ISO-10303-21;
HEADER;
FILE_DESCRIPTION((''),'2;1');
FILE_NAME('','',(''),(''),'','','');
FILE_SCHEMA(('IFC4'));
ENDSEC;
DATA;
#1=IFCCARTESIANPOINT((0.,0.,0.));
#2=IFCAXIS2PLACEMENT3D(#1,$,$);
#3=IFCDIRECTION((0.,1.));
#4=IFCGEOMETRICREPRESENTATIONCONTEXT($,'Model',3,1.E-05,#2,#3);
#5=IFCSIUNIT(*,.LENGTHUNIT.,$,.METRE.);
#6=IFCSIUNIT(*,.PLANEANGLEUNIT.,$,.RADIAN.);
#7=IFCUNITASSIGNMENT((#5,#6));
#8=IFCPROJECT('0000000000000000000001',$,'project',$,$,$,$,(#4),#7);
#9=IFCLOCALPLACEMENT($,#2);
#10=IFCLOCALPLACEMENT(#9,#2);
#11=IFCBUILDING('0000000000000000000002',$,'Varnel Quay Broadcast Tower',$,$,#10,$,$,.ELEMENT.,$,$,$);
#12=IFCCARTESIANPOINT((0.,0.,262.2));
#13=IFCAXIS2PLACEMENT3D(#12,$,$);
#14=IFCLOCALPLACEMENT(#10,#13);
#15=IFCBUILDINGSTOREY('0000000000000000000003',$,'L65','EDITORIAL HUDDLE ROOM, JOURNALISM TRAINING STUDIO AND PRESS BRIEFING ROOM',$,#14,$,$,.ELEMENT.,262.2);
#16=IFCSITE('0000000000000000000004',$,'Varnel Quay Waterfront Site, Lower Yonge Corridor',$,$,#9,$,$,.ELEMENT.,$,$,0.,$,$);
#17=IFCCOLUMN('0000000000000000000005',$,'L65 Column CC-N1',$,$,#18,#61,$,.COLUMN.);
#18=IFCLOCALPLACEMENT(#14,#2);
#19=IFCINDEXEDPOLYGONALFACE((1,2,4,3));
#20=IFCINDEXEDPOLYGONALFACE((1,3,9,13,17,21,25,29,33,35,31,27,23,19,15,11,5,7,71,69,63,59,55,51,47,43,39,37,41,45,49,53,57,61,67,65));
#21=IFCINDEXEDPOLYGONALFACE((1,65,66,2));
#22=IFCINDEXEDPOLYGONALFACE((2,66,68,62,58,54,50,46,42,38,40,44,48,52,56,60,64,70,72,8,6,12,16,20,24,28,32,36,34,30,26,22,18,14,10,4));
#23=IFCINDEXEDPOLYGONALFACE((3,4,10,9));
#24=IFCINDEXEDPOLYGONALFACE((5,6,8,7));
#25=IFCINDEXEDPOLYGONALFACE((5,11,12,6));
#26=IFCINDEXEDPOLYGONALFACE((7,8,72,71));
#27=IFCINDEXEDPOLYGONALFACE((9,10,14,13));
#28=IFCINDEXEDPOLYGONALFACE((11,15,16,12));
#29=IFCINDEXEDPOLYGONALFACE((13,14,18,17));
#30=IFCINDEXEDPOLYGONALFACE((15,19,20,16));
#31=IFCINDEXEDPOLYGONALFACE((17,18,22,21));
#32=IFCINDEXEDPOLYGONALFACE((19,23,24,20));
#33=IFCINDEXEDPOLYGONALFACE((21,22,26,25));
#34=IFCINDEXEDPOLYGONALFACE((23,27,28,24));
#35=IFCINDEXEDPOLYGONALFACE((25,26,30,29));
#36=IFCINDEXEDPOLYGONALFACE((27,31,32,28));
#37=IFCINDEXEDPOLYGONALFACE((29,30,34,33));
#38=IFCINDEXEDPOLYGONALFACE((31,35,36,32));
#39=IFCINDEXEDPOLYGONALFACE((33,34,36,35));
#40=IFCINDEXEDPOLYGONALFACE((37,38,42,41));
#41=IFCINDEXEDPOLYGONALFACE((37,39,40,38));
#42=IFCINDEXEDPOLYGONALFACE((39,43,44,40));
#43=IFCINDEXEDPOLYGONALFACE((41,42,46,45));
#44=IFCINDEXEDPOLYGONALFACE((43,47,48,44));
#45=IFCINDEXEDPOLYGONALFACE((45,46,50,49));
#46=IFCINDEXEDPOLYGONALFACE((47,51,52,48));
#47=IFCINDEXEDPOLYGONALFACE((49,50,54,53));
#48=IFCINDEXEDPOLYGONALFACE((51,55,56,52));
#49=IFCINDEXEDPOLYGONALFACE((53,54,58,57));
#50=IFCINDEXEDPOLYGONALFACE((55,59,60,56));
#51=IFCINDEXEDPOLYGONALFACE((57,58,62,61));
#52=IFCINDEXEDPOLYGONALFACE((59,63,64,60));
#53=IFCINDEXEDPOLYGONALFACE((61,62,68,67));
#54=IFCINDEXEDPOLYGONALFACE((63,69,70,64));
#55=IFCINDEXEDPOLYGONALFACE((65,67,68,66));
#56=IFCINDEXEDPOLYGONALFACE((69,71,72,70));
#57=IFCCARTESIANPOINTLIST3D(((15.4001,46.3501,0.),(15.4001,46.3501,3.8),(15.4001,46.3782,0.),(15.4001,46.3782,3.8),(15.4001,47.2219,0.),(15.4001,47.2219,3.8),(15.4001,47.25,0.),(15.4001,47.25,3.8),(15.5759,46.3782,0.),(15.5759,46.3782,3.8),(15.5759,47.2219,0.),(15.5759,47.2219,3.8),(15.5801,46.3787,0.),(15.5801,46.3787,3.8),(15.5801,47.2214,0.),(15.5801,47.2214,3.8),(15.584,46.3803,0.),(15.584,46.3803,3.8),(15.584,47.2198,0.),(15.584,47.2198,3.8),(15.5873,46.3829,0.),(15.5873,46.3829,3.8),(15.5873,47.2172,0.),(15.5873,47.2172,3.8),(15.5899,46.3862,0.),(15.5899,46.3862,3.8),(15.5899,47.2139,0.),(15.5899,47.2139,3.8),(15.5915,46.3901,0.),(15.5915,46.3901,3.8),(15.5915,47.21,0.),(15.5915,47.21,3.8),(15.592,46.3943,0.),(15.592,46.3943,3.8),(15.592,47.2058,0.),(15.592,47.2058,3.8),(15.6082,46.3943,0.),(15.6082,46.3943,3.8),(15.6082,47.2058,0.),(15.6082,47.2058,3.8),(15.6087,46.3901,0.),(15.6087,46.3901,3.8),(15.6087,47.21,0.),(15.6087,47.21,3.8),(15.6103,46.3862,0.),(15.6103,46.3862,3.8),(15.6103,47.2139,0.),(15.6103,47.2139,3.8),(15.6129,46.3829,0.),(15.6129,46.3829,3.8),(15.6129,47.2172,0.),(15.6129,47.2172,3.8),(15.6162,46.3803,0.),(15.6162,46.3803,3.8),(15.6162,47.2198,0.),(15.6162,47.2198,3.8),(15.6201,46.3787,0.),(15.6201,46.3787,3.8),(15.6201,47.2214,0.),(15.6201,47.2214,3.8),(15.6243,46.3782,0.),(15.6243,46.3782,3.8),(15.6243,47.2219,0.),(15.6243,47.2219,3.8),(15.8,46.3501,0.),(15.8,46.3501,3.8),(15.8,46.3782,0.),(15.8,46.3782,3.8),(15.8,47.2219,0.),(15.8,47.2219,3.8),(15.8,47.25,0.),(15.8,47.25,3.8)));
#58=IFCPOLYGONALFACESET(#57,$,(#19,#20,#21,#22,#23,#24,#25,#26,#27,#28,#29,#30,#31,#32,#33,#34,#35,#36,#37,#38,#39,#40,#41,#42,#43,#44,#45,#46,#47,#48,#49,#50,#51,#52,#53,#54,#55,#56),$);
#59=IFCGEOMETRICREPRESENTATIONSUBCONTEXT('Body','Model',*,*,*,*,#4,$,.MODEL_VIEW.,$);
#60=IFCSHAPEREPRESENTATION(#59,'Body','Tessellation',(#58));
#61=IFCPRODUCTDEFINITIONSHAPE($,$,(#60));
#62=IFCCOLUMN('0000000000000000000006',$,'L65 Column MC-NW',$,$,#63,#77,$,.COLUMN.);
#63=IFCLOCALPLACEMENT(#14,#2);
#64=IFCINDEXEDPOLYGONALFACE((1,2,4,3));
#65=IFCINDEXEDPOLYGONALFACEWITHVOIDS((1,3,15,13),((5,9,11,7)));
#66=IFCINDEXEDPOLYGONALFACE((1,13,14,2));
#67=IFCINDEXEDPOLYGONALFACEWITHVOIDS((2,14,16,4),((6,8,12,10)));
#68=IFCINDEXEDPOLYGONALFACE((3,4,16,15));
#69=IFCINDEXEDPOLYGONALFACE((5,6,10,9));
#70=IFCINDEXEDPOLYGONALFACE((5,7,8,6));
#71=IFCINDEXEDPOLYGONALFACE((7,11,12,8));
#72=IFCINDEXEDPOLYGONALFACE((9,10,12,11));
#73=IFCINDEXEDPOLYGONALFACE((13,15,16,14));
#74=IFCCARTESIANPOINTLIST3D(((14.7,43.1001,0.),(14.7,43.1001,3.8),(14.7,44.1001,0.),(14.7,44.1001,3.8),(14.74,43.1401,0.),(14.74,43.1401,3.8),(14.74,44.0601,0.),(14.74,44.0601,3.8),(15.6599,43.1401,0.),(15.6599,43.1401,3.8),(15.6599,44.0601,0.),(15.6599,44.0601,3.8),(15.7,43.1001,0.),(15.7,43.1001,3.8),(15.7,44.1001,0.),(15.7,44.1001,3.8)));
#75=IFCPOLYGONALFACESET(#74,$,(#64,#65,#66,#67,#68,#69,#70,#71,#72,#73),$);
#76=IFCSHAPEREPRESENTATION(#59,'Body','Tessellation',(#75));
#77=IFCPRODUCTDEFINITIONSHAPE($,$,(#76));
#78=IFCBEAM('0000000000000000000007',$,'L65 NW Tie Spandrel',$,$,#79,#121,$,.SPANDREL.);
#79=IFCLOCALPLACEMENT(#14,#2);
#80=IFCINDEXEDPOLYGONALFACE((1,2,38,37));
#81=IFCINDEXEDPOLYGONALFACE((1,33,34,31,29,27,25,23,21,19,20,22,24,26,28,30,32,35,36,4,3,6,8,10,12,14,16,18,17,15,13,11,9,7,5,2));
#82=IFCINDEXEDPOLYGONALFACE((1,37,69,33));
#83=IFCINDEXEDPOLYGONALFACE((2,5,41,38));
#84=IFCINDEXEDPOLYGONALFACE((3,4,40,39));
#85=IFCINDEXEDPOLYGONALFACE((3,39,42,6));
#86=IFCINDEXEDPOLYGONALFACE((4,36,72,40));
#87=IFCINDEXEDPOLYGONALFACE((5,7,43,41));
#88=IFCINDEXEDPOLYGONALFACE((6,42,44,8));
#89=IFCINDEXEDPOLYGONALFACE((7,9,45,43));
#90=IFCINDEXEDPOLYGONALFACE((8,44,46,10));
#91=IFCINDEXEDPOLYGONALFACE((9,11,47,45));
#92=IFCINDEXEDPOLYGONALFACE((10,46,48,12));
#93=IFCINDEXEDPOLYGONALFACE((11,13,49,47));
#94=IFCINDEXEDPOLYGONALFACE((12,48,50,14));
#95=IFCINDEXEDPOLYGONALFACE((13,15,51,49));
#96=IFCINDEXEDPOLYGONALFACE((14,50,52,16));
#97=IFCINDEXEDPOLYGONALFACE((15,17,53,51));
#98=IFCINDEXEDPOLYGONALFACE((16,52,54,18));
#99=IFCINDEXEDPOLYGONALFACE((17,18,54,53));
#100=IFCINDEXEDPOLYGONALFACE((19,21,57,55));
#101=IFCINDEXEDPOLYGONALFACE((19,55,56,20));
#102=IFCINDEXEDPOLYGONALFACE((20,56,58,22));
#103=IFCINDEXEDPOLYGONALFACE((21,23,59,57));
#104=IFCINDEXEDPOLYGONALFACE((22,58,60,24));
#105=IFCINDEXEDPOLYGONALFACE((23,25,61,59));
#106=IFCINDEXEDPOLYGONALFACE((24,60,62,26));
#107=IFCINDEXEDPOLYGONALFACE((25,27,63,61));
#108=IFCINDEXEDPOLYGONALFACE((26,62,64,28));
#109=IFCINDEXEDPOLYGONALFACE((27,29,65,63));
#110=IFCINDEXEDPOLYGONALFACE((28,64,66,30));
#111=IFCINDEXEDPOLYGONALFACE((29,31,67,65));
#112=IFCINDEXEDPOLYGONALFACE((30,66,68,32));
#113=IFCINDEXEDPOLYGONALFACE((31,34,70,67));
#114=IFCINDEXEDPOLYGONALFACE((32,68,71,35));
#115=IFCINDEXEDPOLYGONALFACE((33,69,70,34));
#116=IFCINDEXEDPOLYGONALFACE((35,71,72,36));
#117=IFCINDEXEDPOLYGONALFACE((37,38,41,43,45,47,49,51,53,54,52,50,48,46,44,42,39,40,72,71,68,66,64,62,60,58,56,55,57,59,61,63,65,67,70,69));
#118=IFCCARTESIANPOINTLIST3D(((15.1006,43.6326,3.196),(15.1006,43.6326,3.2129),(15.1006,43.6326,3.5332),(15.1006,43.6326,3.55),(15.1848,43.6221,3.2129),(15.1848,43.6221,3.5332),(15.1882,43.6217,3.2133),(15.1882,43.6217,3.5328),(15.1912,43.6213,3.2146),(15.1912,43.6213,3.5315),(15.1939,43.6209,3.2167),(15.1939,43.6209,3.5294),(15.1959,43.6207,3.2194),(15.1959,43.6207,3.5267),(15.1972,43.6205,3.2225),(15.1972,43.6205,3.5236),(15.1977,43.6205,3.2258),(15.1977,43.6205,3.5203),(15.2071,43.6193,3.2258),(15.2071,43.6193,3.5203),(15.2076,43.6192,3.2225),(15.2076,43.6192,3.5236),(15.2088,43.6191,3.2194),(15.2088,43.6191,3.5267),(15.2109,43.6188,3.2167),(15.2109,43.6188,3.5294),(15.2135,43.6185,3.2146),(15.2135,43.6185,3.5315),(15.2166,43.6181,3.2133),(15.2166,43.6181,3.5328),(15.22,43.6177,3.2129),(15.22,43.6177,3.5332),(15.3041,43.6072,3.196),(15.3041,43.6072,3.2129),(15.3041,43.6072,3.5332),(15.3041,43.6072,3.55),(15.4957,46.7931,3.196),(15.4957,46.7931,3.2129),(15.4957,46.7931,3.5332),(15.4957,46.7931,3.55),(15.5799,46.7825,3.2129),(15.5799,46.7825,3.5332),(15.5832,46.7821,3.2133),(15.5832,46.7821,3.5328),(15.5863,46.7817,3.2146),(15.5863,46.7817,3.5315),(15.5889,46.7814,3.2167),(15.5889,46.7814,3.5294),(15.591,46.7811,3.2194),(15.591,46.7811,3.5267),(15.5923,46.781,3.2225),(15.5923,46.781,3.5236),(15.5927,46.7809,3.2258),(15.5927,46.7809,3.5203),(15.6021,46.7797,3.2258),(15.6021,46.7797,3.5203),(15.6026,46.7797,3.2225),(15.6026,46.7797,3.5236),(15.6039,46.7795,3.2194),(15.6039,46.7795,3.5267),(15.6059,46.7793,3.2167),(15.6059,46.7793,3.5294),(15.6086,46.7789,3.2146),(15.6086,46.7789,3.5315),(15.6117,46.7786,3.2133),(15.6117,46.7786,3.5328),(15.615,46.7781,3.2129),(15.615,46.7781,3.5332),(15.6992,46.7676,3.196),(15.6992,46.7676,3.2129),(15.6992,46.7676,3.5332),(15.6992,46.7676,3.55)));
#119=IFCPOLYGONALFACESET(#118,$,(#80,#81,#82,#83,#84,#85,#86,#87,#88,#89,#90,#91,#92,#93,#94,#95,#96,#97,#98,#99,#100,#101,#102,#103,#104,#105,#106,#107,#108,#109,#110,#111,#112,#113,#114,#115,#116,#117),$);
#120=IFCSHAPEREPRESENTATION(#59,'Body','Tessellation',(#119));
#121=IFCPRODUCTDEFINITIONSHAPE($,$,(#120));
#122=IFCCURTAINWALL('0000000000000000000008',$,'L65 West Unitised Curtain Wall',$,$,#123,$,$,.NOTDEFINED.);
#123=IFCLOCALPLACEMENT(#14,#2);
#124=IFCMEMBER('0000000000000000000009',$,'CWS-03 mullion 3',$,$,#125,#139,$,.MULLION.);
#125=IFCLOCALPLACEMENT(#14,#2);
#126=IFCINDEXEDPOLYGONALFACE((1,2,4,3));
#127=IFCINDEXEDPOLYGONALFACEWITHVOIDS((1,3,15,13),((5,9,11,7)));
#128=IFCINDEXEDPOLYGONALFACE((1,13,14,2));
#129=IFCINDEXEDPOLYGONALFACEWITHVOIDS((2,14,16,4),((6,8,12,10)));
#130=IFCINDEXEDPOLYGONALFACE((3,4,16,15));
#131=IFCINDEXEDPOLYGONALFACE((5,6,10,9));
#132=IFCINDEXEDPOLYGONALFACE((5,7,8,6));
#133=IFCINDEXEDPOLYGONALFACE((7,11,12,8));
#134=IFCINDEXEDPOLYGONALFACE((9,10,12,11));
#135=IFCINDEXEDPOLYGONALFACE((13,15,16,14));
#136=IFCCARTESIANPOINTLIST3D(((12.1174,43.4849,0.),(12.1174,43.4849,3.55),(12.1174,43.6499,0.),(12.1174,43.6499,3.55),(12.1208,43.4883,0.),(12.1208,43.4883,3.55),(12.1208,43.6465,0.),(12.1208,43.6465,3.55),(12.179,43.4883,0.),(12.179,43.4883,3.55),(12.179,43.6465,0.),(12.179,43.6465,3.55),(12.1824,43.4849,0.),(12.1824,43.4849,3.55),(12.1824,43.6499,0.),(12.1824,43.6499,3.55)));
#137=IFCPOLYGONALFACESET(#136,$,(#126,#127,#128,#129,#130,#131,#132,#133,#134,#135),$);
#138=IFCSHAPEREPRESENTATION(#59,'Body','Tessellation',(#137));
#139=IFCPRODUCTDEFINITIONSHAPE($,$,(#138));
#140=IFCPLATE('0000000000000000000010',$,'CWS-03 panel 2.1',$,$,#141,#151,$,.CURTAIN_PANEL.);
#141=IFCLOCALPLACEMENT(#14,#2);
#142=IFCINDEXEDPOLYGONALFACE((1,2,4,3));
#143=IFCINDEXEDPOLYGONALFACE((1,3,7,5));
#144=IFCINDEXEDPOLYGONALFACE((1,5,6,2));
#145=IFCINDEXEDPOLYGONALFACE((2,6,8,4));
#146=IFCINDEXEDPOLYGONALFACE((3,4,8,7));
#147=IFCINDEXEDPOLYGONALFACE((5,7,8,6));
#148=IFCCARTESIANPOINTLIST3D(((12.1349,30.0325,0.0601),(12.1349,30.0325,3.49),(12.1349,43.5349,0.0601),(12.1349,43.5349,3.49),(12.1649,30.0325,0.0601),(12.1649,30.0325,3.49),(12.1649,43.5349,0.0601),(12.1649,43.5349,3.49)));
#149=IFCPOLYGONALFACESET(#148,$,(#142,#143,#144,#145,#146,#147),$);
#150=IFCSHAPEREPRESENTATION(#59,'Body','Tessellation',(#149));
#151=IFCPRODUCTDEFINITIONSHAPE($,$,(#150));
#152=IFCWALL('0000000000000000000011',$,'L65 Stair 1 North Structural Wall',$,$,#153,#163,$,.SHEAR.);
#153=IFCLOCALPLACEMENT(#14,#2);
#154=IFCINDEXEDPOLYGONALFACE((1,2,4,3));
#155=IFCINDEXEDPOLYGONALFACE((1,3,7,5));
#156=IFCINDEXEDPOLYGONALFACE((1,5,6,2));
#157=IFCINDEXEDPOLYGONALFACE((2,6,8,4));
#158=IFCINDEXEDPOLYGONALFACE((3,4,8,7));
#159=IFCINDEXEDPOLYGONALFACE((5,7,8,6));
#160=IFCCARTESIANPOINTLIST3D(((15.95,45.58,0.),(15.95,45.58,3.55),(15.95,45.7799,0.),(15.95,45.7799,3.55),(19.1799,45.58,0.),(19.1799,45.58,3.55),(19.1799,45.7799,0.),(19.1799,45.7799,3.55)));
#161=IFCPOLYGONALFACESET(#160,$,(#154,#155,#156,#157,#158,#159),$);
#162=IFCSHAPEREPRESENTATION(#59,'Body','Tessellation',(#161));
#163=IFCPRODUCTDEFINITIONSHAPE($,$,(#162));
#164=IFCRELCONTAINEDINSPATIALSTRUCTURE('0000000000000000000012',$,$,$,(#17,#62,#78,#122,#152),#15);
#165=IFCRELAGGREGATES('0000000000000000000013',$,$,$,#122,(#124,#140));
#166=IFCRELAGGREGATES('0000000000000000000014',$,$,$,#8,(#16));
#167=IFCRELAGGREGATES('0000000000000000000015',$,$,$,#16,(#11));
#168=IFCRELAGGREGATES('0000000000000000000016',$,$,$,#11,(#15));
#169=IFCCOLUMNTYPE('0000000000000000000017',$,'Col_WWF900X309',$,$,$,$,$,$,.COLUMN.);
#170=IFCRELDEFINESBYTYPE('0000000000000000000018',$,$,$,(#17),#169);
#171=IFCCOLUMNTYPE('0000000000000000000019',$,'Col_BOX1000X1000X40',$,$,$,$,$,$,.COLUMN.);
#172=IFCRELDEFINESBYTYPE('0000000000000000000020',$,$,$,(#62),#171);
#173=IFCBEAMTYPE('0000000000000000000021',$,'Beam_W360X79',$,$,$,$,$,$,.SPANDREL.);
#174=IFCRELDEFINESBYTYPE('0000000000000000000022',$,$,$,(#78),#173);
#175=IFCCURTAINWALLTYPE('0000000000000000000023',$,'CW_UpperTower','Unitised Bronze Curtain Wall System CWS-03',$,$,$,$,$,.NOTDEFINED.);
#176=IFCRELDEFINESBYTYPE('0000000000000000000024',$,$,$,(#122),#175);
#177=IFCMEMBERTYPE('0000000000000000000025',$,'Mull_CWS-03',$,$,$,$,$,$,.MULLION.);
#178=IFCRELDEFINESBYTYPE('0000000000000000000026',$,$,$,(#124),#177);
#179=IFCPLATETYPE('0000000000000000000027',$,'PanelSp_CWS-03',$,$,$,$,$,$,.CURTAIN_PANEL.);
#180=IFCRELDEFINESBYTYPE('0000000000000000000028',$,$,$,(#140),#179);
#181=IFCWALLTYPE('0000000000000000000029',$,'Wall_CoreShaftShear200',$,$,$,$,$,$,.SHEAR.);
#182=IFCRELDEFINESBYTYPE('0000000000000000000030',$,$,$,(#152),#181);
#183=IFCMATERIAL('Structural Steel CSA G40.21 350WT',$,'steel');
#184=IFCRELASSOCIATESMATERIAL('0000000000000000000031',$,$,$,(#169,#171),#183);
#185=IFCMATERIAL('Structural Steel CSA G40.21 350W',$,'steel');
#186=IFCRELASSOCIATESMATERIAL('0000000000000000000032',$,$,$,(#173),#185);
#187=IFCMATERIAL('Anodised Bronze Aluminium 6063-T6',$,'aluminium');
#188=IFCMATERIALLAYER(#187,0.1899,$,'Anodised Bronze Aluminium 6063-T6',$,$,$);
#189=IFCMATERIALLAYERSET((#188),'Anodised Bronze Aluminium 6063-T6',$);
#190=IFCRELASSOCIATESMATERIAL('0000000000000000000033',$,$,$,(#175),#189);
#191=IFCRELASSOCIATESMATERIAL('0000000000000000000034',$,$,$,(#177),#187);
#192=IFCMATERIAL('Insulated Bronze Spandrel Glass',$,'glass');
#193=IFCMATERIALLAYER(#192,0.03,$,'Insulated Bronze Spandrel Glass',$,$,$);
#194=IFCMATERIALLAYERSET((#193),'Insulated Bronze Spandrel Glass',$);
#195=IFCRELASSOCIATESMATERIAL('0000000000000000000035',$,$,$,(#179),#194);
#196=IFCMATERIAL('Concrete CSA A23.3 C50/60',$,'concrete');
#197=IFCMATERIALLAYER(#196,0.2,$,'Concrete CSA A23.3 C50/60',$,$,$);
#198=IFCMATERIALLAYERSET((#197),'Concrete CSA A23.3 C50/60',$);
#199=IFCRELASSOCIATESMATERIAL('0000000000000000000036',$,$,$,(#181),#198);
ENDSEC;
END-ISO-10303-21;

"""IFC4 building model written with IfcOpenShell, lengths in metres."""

from ifc_helpers import new_model, si_unit, direction, frame, frame_2d, origin, origin_2d, place, context, subcontext, project, spatial, rectangle, hollow_rectangle, i_section, extrude, source, transform, mapped, material, layer, layer_set, material_profile, profile_set, type_object, type_shapes, element, aggregate, save


model = new_model("IFC4")

# Units and contexts
model_context = context("Model", 3, precision=1e-05, world=origin(), true_north=direction((0.0, 1.0)))
body_context = subcontext(model_context, "Body", "Model", "MODEL_VIEW")
ifc_project = project(units=[si_unit("LENGTHUNIT", "METRE"), si_unit("PLANEANGLEUNIT", "RADIAN")], contexts=[model_context])

# Site, building, storey
site_placement = place(None, origin())
site = spatial("IfcSite", under=ifc_project, at=site_placement, Name="Varnel Quay Waterfront Site, Lower Yonge Corridor", CompositionType="ELEMENT", RefElevation=0.0)
building_placement = place(site_placement, origin())
building = spatial("IfcBuilding", under=site, at=building_placement, Name="Varnel Quay Broadcast Tower", CompositionType="ELEMENT")
storey_placement = place(building_placement, frame((0.0, 0.0, 262.2)))
storey = spatial("IfcBuildingStorey", under=building, at=storey_placement, Name="L65", Description="EDITORIAL HUDDLE ROOM, JOURNALISM TRAINING STUDIO AND PRESS BRIEFING ROOM", CompositionType="ELEMENT", Elevation=262.2)

# Columns
ifc_material_1 = material(Name="Structural Steel CSA G40.21 350WT", Category="steel")
ifc_material_profile_1 = material_profile(ifc_material_1, i_section(OverallWidth=0.3999, OverallDepth=0.8999, WebThickness=0.0161, FlangeThickness=0.0281, FilletRadius=0.0161, at=origin_2d()), Name="WWF900X309")
ifc_profile_set_1 = profile_set([ifc_material_profile_1], Name="Structural Steel CSA G40.21 350WT")
column_type_1 = type_object("IfcColumnType", Name="Col_WWF900X309", PredefinedType="COLUMN", material=ifc_profile_set_1)
shared_shape_1 = source(origin(), body_context, "Body", "SweptSolid", [
    extrude(i_section(OverallWidth=0.3999, OverallDepth=0.8999, WebThickness=0.0161, FlangeThickness=0.0281, FilletRadius=0.0161, at=origin_2d()), origin(), (0.0, 0.0, 1.0), 3.8),
])
type_shapes(column_type_1, [shared_shape_1])
column_1_placement = place(storey_placement, frame((15.6001, 46.8, 0.0), z_axis=(0.0, 0.0, 1.0), x_axis=(1.0, 0.0, 0.0)))
element("IfcColumn", 1, at=column_1_placement, inside=storey, type_object=column_type_1, Name="L65 Column CC-N1", PredefinedType="COLUMN", context=body_context, shape_type="MappedRepresentation", body=[
    mapped(shared_shape_1, transform((0.0, 0.0, 0.0), x_axis=(1.0, 0.0, 0.0), y_axis=(0.0, 1.0, 0.0), z_axis=(0.0, 0.0, 1.0), scale=1.0)),
])
ifc_material_profile_2 = material_profile(ifc_material_1, hollow_rectangle(XDim=1.0, YDim=1.0, WallThickness=0.04, at=origin_2d()), Name="BOX1000X1000X40")
ifc_profile_set_2 = profile_set([ifc_material_profile_2], Name="Structural Steel CSA G40.21 350WT")
column_type_2 = type_object("IfcColumnType", Name="Col_BOX1000X1000X40", PredefinedType="COLUMN", material=ifc_profile_set_2)
shared_shape_2 = source(origin(), body_context, "Body", "SweptSolid", [
    extrude(hollow_rectangle(XDim=1.0, YDim=1.0, WallThickness=0.04, at=origin_2d()), origin(), (0.0, 0.0, 1.0), 3.8),
])
type_shapes(column_type_2, [shared_shape_2])
column_2_placement = place(storey_placement, frame((15.2, 43.6001, 0.0), z_axis=(0.0, 0.0, 1.0), x_axis=(1.0, 0.0, 0.0)))
element("IfcColumn", 2, at=column_2_placement, inside=storey, type_object=column_type_2, Name="L65 Column MC-NW", PredefinedType="COLUMN", context=body_context, shape_type="MappedRepresentation", body=[
    mapped(shared_shape_2, transform((0.0, 0.0, 0.0), x_axis=(1.0, 0.0, 0.0), y_axis=(0.0, 1.0, 0.0), z_axis=(0.0, 0.0, 1.0), scale=1.0)),
])

# Beam
ifc_material_2 = material(Name="Structural Steel CSA G40.21 350W", Category="steel")
ifc_material_profile_3 = material_profile(ifc_material_2, i_section(OverallWidth=0.2051, OverallDepth=0.354, WebThickness=0.0095, FlangeThickness=0.0168, FilletRadius=0.0129, at=origin_2d()), Name="W360X79")
ifc_profile_set_3 = profile_set([ifc_material_profile_3], Name="Structural Steel CSA G40.21 350W")
beam_type = type_object("IfcBeamType", Name="Beam_W360X79", PredefinedType="SPANDREL", material=ifc_profile_set_3)
shared_shape_3 = source(origin(), body_context, "Body", "SweptSolid", [
    extrude(i_section(OverallWidth=0.2051, OverallDepth=0.354, WebThickness=0.0095, FlangeThickness=0.0168, FilletRadius=0.0129, at=origin_2d()), origin(), (0.0, 0.0, 1.0), 3.1851),
])
type_shapes(beam_type, [shared_shape_3])
beam_placement = place(storey_placement, frame((15.2024, 43.6199, 3.373), z_axis=(0.124025, 0.992279, 0.0), x_axis=(-0.992279, 0.124025, 0.0)))
element("IfcBeam", 3, at=beam_placement, inside=storey, type_object=beam_type, Name="L65 NW Tie Spandrel", PredefinedType="SPANDREL", context=body_context, shape_type="MappedRepresentation", body=[
    mapped(shared_shape_3, transform((0.0, 0.0, 0.0), x_axis=(1.0, 0.0, 0.0), y_axis=(0.0, 1.0, 0.0), z_axis=(0.0, 0.0, 1.0), scale=1.0)),
])

# Curtain wall, member, plate
ifc_material_3 = material(Name="Anodised Bronze Aluminium 6063-T6", Category="aluminium")
ifc_layer_1 = layer(ifc_material_3, 0.1899, Name="Anodised Bronze Aluminium 6063-T6")
ifc_layer_set_1 = layer_set([ifc_layer_1], Name="Anodised Bronze Aluminium 6063-T6")
curtain_wall_type = type_object("IfcCurtainWallType", Name="CW_UpperTower", Description="Unitised Bronze Curtain Wall System CWS-03", PredefinedType="NOTDEFINED", material=ifc_layer_set_1)
curtain_wall_placement = place(storey_placement, origin())
curtain_wall = element("IfcCurtainWall", 4, at=curtain_wall_placement, inside=storey, type_object=curtain_wall_type, Name="L65 West Unitised Curtain Wall", PredefinedType="NOTDEFINED")
ifc_material_profile_4 = material_profile(ifc_material_3, hollow_rectangle(XDim=0.0649, YDim=0.165, WallThickness=0.0034, at=origin_2d()), Name="ALU65X165X3.5")
ifc_profile_set_4 = profile_set([ifc_material_profile_4], Name="Anodised Bronze Aluminium 6063-T6")
member_type = type_object("IfcMemberType", Name="Mull_CWS-03", PredefinedType="MULLION", material=ifc_profile_set_4)
shared_shape_4 = source(origin(), body_context, "Body", "SweptSolid", [
    extrude(hollow_rectangle(XDim=0.0649, YDim=0.165, WallThickness=0.0034, at=origin_2d()), origin(), (0.0, 0.0, 1.0), 3.55),
])
type_shapes(member_type, [shared_shape_4])
member_placement = place(storey_placement, frame((12.1499, 43.5674, 0.0), z_axis=(0.0, 0.0, 1.0), x_axis=(-1.0, 0.0, 0.0)))
member = element("IfcMember", 5, at=member_placement, type_object=member_type, Name="CWS-03 mullion 3", PredefinedType="MULLION", context=body_context, shape_type="MappedRepresentation", body=[
    mapped(shared_shape_4, transform((0.0, 0.0, 0.0), x_axis=(1.0, 0.0, 0.0), y_axis=(0.0, 1.0, 0.0), z_axis=(0.0, 0.0, 1.0), scale=1.0)),
])
ifc_material_4 = material(Name="Insulated Bronze Spandrel Glass", Category="glass")
ifc_layer_2 = layer(ifc_material_4, 0.03, Name="Insulated Bronze Spandrel Glass")
ifc_layer_set_2 = layer_set([ifc_layer_2], Name="Insulated Bronze Spandrel Glass")
plate_type = type_object("IfcPlateType", Name="PanelSp_CWS-03", PredefinedType="CURTAIN_PANEL", material=ifc_layer_set_2)
shared_shape_5 = source(origin(), body_context, "Body", "SweptSolid", [
    extrude(rectangle(XDim=13.5024, YDim=0.03, at=origin_2d()), origin(), (0.0, 0.0, 1.0), 3.4299),
])
type_shapes(plate_type, [shared_shape_5])
plate_placement = place(storey_placement, frame((12.1499, 36.7837, 0.0601), z_axis=(0.0, 0.0, 1.0), x_axis=(0.0, 1.0, 0.0)))
plate = element("IfcPlate", 6, at=plate_placement, type_object=plate_type, Name="CWS-03 panel 2.1", PredefinedType="CURTAIN_PANEL", context=body_context, shape_type="MappedRepresentation", body=[
    mapped(shared_shape_5, transform((0.0, 0.0, 0.0), x_axis=(1.0, 0.0, 0.0), y_axis=(0.0, 1.0, 0.0), z_axis=(0.0, 0.0, 1.0), scale=1.0)),
])
aggregate(curtain_wall, [member, plate])

# Wall
ifc_material_5 = material(Name="Concrete CSA A23.3 C50/60", Category="concrete")
ifc_layer_3 = layer(ifc_material_5, 0.2, Name="Concrete CSA A23.3 C50/60")
ifc_layer_set_3 = layer_set([ifc_layer_3], Name="Concrete CSA A23.3 C50/60")
wall_type_1 = type_object("IfcWallType", Name="Wall_CoreShaftShear200", PredefinedType="SHEAR", material=ifc_layer_set_3)
wall_1_placement = place(storey_placement, frame((15.95, 45.6799, 0.0), z_axis=(0.0, 0.0, 1.0), x_axis=(1.0, 0.0, 0.0)))
element("IfcWall", 7, at=wall_1_placement, inside=storey, type_object=wall_type_1, Name="L65 Stair 1 North Structural Wall", PredefinedType="SHEAR", context=body_context, shape_type="SweptSolid", body=[
    extrude(rectangle(XDim=3.23, YDim=0.2, at=frame_2d((1.615, 0.0))), origin(), (0.0, 0.0, 1.0), 3.55),
])

save(model, "model.ifc")
